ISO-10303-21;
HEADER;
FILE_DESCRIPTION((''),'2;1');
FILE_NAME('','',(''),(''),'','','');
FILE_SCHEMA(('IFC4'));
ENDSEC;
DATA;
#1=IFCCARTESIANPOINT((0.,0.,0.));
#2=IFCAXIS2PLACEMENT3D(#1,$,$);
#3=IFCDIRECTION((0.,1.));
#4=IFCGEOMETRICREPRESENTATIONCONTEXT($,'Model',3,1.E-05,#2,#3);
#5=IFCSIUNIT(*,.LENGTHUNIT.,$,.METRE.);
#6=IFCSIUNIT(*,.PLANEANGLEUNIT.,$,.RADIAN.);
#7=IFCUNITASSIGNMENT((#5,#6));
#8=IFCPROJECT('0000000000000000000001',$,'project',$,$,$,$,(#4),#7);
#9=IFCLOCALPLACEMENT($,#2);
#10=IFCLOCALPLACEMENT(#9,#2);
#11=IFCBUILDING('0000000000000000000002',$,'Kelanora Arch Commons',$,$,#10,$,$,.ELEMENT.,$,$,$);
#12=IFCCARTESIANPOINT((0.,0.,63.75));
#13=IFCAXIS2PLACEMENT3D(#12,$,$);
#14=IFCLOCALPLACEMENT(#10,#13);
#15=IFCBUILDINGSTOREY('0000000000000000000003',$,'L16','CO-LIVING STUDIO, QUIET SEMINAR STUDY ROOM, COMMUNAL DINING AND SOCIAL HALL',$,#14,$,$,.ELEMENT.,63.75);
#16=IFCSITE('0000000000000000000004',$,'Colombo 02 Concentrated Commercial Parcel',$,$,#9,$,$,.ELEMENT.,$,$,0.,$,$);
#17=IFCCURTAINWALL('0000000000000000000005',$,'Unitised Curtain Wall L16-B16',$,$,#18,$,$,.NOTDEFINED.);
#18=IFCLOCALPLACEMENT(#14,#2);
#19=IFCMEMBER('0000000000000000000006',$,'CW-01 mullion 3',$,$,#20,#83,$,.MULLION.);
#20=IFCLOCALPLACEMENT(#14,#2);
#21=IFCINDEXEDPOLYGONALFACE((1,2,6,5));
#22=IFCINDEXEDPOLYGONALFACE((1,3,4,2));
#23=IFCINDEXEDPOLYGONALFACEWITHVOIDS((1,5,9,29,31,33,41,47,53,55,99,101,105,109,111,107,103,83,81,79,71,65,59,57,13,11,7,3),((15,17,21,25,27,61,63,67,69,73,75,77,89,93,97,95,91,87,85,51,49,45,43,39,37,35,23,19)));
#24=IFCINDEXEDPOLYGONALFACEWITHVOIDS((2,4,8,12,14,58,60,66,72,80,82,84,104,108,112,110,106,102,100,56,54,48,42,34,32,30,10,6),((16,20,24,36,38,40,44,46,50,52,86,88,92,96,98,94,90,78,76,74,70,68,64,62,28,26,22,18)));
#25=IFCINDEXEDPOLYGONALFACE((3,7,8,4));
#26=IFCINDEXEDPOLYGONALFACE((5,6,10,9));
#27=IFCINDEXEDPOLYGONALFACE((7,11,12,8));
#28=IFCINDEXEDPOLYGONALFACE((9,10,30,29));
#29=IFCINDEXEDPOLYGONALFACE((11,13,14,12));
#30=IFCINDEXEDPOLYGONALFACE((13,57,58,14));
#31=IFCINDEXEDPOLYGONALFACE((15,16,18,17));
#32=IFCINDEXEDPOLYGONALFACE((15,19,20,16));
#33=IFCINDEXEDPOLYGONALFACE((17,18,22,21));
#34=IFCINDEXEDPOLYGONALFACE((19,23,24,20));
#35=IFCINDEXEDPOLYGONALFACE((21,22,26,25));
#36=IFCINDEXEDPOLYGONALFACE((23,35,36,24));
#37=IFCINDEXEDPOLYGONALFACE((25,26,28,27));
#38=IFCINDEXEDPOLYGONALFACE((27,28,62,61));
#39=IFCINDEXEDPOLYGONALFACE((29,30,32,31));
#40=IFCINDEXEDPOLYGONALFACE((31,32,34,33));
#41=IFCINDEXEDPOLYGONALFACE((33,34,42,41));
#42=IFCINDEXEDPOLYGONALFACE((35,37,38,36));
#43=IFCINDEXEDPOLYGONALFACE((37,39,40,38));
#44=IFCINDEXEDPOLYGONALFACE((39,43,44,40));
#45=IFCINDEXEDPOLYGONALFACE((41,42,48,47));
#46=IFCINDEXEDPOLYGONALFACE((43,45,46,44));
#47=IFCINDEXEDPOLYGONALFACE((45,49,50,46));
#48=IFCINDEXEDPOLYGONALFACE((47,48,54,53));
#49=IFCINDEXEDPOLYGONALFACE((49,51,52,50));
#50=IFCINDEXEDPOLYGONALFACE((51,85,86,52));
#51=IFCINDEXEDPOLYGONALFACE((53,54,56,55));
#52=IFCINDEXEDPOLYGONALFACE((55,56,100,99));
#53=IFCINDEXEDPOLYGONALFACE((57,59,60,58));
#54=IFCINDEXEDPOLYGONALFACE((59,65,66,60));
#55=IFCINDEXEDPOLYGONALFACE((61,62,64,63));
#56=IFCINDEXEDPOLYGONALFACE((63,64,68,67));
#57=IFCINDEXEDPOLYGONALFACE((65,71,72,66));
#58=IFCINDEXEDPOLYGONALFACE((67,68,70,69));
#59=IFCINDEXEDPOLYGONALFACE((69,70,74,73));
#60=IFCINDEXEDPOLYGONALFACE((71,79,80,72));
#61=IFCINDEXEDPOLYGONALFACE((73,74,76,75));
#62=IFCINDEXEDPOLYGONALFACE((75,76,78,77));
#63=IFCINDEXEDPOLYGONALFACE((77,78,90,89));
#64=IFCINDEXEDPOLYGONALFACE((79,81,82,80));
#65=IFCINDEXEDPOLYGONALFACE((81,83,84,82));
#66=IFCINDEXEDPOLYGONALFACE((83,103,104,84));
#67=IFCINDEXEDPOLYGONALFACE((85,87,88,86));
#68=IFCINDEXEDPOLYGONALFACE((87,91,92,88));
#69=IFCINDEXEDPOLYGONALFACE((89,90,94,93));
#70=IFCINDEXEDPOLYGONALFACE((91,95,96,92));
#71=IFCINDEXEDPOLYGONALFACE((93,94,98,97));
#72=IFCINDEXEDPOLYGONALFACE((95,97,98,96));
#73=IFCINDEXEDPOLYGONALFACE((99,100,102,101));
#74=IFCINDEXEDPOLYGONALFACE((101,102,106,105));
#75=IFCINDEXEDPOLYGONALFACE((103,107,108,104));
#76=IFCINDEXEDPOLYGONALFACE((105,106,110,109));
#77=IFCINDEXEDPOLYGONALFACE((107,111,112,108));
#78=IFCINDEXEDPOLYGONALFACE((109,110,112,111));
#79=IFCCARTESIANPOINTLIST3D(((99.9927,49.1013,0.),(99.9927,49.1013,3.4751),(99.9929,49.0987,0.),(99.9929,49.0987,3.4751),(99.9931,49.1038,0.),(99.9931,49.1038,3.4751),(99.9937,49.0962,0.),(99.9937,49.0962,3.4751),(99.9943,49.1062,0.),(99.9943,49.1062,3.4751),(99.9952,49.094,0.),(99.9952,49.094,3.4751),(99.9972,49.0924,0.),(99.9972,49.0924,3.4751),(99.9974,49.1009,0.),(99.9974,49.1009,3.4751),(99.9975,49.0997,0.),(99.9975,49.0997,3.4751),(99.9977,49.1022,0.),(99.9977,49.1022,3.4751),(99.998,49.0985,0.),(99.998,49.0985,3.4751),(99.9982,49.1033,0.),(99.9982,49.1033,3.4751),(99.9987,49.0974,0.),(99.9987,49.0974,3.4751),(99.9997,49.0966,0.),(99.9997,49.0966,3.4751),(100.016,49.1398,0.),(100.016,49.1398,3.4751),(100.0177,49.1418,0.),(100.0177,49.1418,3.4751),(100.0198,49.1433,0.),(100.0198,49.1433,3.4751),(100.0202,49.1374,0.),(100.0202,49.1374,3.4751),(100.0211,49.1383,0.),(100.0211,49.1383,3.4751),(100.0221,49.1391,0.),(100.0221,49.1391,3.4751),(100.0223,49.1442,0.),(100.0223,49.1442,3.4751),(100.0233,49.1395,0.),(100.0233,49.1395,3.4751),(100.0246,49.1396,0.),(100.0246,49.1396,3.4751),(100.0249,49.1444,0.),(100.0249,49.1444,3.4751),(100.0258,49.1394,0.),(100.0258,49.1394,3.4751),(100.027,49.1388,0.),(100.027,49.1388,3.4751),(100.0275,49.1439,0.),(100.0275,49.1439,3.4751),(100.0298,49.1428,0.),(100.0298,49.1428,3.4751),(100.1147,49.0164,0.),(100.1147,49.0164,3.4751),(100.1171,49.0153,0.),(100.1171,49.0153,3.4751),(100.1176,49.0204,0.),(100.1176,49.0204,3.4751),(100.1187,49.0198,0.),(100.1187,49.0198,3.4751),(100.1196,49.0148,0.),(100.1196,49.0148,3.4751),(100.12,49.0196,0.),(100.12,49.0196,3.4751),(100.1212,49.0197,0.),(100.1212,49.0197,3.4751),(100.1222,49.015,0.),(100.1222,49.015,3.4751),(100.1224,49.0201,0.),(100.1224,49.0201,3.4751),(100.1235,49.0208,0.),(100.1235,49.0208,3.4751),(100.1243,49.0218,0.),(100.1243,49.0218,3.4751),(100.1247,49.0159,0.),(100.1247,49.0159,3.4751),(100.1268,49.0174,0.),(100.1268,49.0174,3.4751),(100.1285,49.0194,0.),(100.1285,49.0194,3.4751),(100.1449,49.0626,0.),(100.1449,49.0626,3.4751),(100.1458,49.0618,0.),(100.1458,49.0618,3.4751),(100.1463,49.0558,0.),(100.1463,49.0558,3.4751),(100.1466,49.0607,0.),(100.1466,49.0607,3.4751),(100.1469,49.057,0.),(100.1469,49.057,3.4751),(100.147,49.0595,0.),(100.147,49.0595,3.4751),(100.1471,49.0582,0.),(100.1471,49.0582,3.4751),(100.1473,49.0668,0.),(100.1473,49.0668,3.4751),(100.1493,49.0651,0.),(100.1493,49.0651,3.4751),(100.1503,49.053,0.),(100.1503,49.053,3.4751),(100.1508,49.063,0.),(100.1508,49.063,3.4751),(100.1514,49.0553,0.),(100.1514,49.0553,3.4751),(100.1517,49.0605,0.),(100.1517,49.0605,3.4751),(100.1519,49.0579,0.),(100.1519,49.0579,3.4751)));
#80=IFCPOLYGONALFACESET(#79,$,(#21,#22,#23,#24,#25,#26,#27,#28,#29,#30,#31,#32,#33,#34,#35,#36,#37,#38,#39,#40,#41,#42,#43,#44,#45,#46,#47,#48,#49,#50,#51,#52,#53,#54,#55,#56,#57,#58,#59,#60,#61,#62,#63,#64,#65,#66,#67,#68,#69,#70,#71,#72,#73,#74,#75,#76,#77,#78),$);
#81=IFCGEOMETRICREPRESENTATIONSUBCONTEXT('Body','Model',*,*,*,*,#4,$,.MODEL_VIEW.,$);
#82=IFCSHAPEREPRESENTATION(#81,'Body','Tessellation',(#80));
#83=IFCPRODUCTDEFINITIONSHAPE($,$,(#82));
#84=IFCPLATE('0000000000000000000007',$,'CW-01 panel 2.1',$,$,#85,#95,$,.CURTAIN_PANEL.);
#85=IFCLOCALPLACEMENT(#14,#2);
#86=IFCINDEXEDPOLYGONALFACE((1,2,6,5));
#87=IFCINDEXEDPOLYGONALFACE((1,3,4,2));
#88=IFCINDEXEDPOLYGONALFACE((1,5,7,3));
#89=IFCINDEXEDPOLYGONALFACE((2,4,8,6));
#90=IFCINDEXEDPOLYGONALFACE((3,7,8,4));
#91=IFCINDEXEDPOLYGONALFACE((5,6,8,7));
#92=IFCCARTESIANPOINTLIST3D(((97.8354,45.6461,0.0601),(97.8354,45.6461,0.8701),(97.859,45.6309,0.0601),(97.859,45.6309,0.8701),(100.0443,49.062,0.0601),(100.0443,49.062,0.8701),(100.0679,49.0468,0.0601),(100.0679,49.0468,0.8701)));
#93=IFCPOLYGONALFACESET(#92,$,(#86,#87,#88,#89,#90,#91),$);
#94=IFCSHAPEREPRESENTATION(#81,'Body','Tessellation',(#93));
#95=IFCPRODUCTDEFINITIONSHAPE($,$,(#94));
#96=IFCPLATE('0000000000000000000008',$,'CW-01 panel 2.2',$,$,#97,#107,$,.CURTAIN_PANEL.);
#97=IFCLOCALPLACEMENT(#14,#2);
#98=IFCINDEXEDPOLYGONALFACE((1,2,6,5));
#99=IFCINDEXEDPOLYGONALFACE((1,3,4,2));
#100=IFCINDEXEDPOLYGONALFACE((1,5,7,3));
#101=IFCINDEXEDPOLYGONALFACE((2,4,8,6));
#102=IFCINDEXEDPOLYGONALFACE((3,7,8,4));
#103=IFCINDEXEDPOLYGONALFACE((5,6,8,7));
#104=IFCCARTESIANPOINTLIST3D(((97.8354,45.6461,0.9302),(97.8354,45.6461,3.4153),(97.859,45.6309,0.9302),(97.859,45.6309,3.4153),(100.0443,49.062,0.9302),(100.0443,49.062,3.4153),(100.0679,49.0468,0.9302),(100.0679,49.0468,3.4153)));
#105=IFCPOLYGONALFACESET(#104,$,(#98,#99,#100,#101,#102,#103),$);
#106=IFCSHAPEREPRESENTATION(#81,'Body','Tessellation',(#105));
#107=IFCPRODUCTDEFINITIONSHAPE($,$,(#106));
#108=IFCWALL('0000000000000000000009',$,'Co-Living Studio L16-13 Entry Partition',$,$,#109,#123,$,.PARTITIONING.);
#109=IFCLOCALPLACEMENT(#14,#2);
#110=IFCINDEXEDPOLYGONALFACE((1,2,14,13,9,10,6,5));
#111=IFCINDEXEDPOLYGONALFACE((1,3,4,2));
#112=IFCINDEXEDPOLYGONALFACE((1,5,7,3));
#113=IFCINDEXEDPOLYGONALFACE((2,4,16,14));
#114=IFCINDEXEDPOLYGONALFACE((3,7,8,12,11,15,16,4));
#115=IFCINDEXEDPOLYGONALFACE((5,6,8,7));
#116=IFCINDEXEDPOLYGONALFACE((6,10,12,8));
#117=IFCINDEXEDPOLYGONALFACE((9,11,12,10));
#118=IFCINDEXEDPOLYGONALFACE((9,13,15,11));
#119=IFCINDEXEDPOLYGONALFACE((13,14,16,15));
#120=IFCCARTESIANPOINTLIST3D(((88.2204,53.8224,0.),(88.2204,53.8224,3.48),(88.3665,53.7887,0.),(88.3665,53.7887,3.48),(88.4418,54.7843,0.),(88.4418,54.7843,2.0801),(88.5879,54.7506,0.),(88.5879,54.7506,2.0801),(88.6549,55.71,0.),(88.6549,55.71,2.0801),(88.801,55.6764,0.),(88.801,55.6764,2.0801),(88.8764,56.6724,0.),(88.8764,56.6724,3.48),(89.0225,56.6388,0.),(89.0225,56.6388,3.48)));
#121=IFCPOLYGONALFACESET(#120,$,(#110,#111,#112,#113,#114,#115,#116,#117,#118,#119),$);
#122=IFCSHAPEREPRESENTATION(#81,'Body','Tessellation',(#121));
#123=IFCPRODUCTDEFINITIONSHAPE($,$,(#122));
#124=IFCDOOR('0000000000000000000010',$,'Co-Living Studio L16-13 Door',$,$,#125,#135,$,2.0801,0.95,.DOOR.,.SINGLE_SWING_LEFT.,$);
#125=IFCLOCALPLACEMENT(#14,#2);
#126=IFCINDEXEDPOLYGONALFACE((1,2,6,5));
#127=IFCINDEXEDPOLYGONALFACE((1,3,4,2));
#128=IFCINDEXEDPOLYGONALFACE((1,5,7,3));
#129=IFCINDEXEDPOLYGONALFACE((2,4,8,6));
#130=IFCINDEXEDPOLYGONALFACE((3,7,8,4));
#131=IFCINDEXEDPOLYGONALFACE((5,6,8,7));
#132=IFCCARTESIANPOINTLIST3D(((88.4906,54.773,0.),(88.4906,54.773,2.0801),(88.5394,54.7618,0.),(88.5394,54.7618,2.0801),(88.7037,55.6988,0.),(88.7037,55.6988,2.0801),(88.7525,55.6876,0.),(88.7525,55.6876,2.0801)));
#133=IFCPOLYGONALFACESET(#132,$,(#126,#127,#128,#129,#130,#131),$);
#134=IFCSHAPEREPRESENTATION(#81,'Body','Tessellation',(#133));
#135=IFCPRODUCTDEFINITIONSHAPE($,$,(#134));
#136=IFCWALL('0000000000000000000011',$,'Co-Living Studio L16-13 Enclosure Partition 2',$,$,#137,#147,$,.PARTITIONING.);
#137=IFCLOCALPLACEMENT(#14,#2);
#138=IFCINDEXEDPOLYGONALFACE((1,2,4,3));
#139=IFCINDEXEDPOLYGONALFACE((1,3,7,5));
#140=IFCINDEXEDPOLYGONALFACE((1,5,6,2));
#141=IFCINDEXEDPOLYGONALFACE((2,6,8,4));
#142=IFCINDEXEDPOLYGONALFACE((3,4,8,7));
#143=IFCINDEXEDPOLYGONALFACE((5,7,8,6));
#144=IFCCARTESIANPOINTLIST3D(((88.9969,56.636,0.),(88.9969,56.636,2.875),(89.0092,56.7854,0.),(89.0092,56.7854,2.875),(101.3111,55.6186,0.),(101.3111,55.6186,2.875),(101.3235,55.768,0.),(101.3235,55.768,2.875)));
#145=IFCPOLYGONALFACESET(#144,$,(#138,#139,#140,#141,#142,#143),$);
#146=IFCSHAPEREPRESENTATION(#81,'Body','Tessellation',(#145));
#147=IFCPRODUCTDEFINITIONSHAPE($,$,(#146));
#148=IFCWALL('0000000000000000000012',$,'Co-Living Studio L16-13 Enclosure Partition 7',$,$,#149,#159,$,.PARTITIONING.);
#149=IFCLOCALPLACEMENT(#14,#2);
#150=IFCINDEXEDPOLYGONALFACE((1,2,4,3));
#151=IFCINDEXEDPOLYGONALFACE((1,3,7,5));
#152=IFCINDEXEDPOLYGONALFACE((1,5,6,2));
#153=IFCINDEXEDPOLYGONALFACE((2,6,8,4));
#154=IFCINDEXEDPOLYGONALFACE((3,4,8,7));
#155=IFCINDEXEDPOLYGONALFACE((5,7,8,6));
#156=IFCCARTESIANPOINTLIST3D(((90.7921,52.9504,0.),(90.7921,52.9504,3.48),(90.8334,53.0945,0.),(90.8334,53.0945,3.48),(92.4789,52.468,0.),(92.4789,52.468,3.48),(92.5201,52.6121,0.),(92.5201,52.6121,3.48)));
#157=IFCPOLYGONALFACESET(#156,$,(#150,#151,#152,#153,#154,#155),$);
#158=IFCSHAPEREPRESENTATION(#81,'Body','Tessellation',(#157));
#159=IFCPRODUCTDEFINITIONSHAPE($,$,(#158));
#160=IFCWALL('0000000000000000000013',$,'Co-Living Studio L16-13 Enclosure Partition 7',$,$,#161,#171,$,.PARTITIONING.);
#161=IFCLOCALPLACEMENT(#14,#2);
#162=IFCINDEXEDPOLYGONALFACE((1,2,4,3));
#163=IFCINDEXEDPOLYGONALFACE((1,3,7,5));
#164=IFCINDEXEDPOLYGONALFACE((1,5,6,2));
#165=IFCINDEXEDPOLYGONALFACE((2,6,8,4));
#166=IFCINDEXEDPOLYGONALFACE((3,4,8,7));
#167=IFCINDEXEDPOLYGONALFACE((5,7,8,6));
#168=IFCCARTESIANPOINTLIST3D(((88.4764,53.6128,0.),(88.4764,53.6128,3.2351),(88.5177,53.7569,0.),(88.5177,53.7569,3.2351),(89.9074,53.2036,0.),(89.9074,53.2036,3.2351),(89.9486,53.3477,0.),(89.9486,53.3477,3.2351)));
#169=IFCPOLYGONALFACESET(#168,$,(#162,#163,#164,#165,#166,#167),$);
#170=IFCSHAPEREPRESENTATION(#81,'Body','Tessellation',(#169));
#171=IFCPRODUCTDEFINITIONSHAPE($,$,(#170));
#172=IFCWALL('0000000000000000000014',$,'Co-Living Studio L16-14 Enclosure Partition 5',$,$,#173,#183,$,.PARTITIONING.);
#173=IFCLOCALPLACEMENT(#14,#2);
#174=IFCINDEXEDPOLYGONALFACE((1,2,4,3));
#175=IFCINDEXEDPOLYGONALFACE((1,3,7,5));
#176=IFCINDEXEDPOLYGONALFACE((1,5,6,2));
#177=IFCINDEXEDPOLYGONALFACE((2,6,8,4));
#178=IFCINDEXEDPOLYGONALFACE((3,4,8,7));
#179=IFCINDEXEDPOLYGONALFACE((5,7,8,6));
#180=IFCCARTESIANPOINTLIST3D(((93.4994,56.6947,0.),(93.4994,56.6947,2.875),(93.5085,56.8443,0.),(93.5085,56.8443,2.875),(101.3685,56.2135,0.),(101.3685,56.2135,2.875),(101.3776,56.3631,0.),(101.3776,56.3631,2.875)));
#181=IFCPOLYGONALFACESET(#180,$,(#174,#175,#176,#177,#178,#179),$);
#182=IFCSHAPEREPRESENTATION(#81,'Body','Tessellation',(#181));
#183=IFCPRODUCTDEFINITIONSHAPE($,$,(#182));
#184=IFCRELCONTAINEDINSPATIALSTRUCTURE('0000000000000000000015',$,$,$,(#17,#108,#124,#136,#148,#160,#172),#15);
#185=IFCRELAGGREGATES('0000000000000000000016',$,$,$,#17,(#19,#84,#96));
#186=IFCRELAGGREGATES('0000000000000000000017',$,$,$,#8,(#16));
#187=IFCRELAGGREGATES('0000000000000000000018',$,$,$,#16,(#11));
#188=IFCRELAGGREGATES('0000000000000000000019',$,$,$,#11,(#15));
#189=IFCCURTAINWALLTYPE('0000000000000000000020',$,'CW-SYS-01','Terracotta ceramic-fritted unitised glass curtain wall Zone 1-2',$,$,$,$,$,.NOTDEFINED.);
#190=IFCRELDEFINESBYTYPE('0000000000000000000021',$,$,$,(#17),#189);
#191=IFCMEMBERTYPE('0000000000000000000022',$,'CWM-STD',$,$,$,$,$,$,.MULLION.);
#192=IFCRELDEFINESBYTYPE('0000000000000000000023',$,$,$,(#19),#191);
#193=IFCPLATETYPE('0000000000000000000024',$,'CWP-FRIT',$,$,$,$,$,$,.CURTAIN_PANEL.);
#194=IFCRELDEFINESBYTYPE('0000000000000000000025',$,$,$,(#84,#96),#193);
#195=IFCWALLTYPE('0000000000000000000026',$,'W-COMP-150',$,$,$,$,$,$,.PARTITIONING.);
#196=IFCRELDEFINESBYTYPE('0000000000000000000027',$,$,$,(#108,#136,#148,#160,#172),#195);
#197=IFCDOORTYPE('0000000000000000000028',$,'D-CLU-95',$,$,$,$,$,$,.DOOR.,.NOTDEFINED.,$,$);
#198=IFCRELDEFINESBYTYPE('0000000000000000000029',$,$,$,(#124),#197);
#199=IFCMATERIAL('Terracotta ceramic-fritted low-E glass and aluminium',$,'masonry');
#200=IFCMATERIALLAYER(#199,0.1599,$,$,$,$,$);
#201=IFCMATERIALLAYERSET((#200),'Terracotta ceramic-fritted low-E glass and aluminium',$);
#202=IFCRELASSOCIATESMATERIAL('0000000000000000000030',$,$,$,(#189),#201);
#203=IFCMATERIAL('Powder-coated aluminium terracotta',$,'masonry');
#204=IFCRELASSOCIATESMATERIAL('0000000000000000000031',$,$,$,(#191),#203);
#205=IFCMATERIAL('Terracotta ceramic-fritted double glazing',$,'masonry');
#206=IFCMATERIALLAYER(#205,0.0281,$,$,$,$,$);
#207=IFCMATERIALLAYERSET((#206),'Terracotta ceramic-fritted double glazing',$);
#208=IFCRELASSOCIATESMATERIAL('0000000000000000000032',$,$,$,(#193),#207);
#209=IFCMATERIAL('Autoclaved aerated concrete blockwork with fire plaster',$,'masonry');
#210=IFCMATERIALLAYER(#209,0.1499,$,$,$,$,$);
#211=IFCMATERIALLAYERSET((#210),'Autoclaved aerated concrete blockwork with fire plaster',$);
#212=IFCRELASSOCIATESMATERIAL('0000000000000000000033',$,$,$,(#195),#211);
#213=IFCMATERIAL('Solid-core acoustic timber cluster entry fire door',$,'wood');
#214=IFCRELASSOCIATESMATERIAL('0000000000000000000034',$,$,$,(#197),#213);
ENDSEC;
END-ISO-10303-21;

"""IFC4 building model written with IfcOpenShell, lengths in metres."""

from ifc_helpers import new_model, si_unit, direction, frame, frame_2d, origin, origin_2d, place, context, subcontext, project, spatial, rectangle, hollow_rectangle, extrude, source, transform, mapped, material, layer, layer_set, material_profile, profile_set, type_object, element, fill, aggregate, save


model = new_model("IFC4")

# Units and contexts
model_context = context("Model", 3, precision=1e-05, world=origin(), true_north=direction((0.0, 1.0)))
body_context = subcontext(model_context, "Body", "Model", "MODEL_VIEW")
ifc_project = project(units=[si_unit("LENGTHUNIT", "METRE"), si_unit("PLANEANGLEUNIT", "RADIAN")], contexts=[model_context])

# Site, building, storey
site_placement = place(None, origin())
site = spatial("IfcSite", under=ifc_project, at=site_placement, Name="Colombo 02 Concentrated Commercial Parcel", CompositionType="ELEMENT", RefElevation=0.0)
building_placement = place(site_placement, origin())
building = spatial("IfcBuilding", under=site, at=building_placement, Name="Kelanora Arch Commons", CompositionType="ELEMENT")
storey_placement = place(building_placement, frame((0.0, 0.0, 63.75)))
storey = spatial("IfcBuildingStorey", under=building, at=storey_placement, Name="L16", Description="CO-LIVING STUDIO, QUIET SEMINAR STUDY ROOM, COMMUNAL DINING AND SOCIAL HALL", CompositionType="ELEMENT", Elevation=63.75)

# Curtain wall, member, plates
ifc_material_1 = material(Name="Terracotta ceramic-fritted low-E glass and aluminium", Category="masonry")
ifc_layer_1 = layer(ifc_material_1, 0.1599)
ifc_layer_set_1 = layer_set([ifc_layer_1], Name="Terracotta ceramic-fritted low-E glass and aluminium")
curtain_wall_type = type_object("IfcCurtainWallType", Name="CW-SYS-01", Description="Terracotta ceramic-fritted unitised glass curtain wall Zone 1-2", PredefinedType="NOTDEFINED", material=ifc_layer_set_1)
curtain_wall_placement = place(storey_placement, origin())
curtain_wall = element("IfcCurtainWall", 1, at=curtain_wall_placement, inside=storey, type_object=curtain_wall_type, Name="Unitised Curtain Wall L16-B16", PredefinedType="NOTDEFINED")
ifc_material_2 = material(Name="Powder-coated aluminium terracotta", Category="masonry")
ifc_material_profile_1 = material_profile(ifc_material_2, hollow_rectangle(XDim=0.1599, YDim=0.0601, WallThickness=0.0049, InnerFilletRadius=0.0049, OuterFilletRadius=0.01, at=origin_2d()), Name="CWM160x60")
ifc_profile_set_1 = profile_set([ifc_material_profile_1], Name="Powder-coated aluminium terracotta")
member_type = type_object("IfcMemberType", Name="CWM-STD", PredefinedType="MULLION", material=ifc_profile_set_1)
member_placement = place(storey_placement, frame((100.0723, 49.0796, 0.0), z_axis=(0.0, 0.0, 1.0), x_axis=(-0.83973, 0.543004, 0.0)))
member = element("IfcMember", 2, at=member_placement, type_object=member_type, Name="CW-01 mullion 3", PredefinedType="MULLION", context=body_context, shape_type="SweptSolid", body=[
    extrude(hollow_rectangle(XDim=0.1599, YDim=0.0601, WallThickness=0.0049, InnerFilletRadius=0.0049, OuterFilletRadius=0.01, at=origin_2d()), origin(), (0.0, 0.0, 1.0), 3.4751),
])
ifc_material_3 = material(Name="Terracotta ceramic-fritted double glazing", Category="masonry")
ifc_layer_2 = layer(ifc_material_3, 0.0281)
ifc_layer_set_2 = layer_set([ifc_layer_2], Name="Terracotta ceramic-fritted double glazing")
plate_type = type_object("IfcPlateType", Name="CWP-FRIT", PredefinedType="CURTAIN_PANEL", material=ifc_layer_set_2)
shared_shape_1 = source(origin(), body_context, "Body", "SweptSolid", [
    extrude(rectangle(XDim=4.0679, YDim=0.0281, at=origin_2d()), origin(), (0.0, 0.0, 1.0), 0.8101),
])
plate_1_placement = place(storey_placement, frame((98.9517, 47.3464, 0.0601), z_axis=(0.0, 0.0, 1.0), x_axis=(0.543004, 0.83973, 0.0)))
plate_1 = element("IfcPlate", 3, at=plate_1_placement, type_object=plate_type, Name="CW-01 panel 2.1", PredefinedType="CURTAIN_PANEL", context=body_context, shape_type="MappedRepresentation", body=[
    mapped(shared_shape_1, transform((0.0, 0.0, 0.0), scale=1.0)),
])
shared_shape_2 = source(origin(), body_context, "Body", "SweptSolid", [
    extrude(rectangle(XDim=4.0679, YDim=0.0281, at=origin_2d()), origin(), (0.0, 0.0, 1.0), 2.4851),
])
plate_2_placement = place(storey_placement, frame((98.9517, 47.3464, 0.9302), z_axis=(0.0, 0.0, 1.0), x_axis=(0.543004, 0.83973, 0.0)))
plate_2 = element("IfcPlate", 4, at=plate_2_placement, type_object=plate_type, Name="CW-01 panel 2.2", PredefinedType="CURTAIN_PANEL", context=body_context, shape_type="MappedRepresentation", body=[
    mapped(shared_shape_2, transform((0.0, 0.0, 0.0), scale=1.0)),
])
aggregate(curtain_wall, [member, plate_1, plate_2])

# Wall, opening, door
ifc_material_4 = material(Name="Autoclaved aerated concrete blockwork with fire plaster", Category="masonry")
ifc_layer_3 = layer(ifc_material_4, 0.1499)
ifc_layer_set_3 = layer_set([ifc_layer_3], Name="Autoclaved aerated concrete blockwork with fire plaster")
wall_type_1 = type_object("IfcWallType", Name="W-COMP-150", PredefinedType="PARTITIONING", material=ifc_layer_set_3)
wall_1_placement = place(storey_placement, frame((88.2935, 53.8054, 0.0), z_axis=(0.0, 0.0, 1.0), x_axis=(0.224305, 0.974519, 0.0)))
wall_1 = element("IfcWall", 5, at=wall_1_placement, inside=storey, type_object=wall_type_1, Name="Co-Living Studio L16-13 Entry Partition", PredefinedType="PARTITIONING", context=body_context, shape_type="SweptSolid", body=[
    extrude(rectangle(XDim=2.9246, YDim=0.1499, at=frame_2d((1.4624, 0.0))), origin(), (0.0, 0.0, 1.0), 3.48),
])
opening_1_placement = place(wall_1_placement, frame((0.9871, 0.0, 0.0)))
opening_1 = element("IfcOpeningElement", 6, at=opening_1_placement, cuts=wall_1, PredefinedType="OPENING", context=body_context, shape_type="SweptSolid", body=[
    extrude(rectangle(XDim=0.95, YDim=2.0801, at=frame_2d((0.4751, 1.04))), frame((0.0, 0.085, 0.0), z_axis=(0.0, -1.0, 0.0), x_axis=(1.0, 0.0, 0.0)), (0.0, 0.0, 1.0), 0.1699),
])
ifc_material_5 = material(Name="Solid-core acoustic timber cluster entry fire door", Category="wood")
door_type_1 = type_object("IfcDoorType", Name="D-CLU-95", OperationType="NOTDEFINED", PredefinedType="DOOR", material=ifc_material_5)
door_1_placement = place(opening_1_placement, origin())
door_1 = element("IfcDoor", 7, at=door_1_placement, inside=storey, type_object=door_type_1, Name="Co-Living Studio L16-13 Door", OperationType="SINGLE_SWING_LEFT", OverallHeight=2.0801, OverallWidth=0.95, PredefinedType="DOOR", context=body_context, shape_type="SweptSolid", body=[
    extrude(rectangle(XDim=0.95, YDim=2.0801, at=frame_2d((0.4751, 1.04))), frame((0.0, 0.0249, 0.0), z_axis=(0.0, -1.0, 0.0), x_axis=(1.0, 0.0, 0.0)), (0.0, 0.0, 1.0), 0.05),
])
fill(opening_1, door_1)

# Walls
wall_2_placement = place(storey_placement, frame((89.0029, 56.7107, 0.0), z_axis=(0.0, 0.0, 1.0), x_axis=(0.996605, -0.082334, 0.0)))
element("IfcWall", 8, at=wall_2_placement, inside=storey, type_object=wall_type_1, Name="Co-Living Studio L16-13 Enclosure Partition 2", PredefinedType="PARTITIONING", context=body_context, shape_type="SweptSolid", body=[
    extrude(rectangle(XDim=12.3562, YDim=0.1499, at=frame_2d((6.1782, 0.0))), origin(), (0.0, 0.0, 1.0), 2.875),
])
wall_3_placement = place(storey_placement, frame((92.4995, 52.54, 0.0), z_axis=(0.0, 0.0, 1.0), x_axis=(-0.96145, 0.274978, 0.0)))
element("IfcWall", 9, at=wall_3_placement, inside=storey, type_object=wall_type_1, Name="Co-Living Studio L16-13 Enclosure Partition 7", PredefinedType="PARTITIONING", context=body_context, shape_type="SweptSolid", body=[
    extrude(rectangle(XDim=1.7544, YDim=0.1499, at=frame_2d((0.8772, 0.0))), origin(), (0.0, 0.0, 1.0), 3.48),
])
wall_4_placement = place(storey_placement, frame((89.928, 53.2756, 0.0), z_axis=(0.0, 0.0, 1.0), x_axis=(-0.961462, 0.274938, 0.0)))
element("IfcWall", 10, at=wall_4_placement, inside=storey, type_object=wall_type_1, Name="Co-Living Studio L16-13 Enclosure Partition 7", PredefinedType="PARTITIONING", context=body_context, shape_type="SweptSolid", body=[
    extrude(rectangle(XDim=1.4883, YDim=0.1499, at=frame_2d((0.7441, 0.0))), origin(), (0.0, 0.0, 1.0), 3.2351),
])
wall_5_placement = place(storey_placement, frame((101.373, 56.2883, 0.0), z_axis=(0.0, 0.0, 1.0), x_axis=(-0.998136, 0.061036, 0.0)))
element("IfcWall", 11, at=wall_5_placement, inside=storey, type_object=wall_type_1, Name="Co-Living Studio L16-14 Enclosure Partition 5", PredefinedType="PARTITIONING", context=body_context, shape_type="SweptSolid", body=[
    extrude(rectangle(XDim=7.8838, YDim=0.1499, at=frame_2d((3.9419, 0.0))), origin(), (0.0, 0.0, 1.0), 2.875),
])

save(model, "model.ifc")
